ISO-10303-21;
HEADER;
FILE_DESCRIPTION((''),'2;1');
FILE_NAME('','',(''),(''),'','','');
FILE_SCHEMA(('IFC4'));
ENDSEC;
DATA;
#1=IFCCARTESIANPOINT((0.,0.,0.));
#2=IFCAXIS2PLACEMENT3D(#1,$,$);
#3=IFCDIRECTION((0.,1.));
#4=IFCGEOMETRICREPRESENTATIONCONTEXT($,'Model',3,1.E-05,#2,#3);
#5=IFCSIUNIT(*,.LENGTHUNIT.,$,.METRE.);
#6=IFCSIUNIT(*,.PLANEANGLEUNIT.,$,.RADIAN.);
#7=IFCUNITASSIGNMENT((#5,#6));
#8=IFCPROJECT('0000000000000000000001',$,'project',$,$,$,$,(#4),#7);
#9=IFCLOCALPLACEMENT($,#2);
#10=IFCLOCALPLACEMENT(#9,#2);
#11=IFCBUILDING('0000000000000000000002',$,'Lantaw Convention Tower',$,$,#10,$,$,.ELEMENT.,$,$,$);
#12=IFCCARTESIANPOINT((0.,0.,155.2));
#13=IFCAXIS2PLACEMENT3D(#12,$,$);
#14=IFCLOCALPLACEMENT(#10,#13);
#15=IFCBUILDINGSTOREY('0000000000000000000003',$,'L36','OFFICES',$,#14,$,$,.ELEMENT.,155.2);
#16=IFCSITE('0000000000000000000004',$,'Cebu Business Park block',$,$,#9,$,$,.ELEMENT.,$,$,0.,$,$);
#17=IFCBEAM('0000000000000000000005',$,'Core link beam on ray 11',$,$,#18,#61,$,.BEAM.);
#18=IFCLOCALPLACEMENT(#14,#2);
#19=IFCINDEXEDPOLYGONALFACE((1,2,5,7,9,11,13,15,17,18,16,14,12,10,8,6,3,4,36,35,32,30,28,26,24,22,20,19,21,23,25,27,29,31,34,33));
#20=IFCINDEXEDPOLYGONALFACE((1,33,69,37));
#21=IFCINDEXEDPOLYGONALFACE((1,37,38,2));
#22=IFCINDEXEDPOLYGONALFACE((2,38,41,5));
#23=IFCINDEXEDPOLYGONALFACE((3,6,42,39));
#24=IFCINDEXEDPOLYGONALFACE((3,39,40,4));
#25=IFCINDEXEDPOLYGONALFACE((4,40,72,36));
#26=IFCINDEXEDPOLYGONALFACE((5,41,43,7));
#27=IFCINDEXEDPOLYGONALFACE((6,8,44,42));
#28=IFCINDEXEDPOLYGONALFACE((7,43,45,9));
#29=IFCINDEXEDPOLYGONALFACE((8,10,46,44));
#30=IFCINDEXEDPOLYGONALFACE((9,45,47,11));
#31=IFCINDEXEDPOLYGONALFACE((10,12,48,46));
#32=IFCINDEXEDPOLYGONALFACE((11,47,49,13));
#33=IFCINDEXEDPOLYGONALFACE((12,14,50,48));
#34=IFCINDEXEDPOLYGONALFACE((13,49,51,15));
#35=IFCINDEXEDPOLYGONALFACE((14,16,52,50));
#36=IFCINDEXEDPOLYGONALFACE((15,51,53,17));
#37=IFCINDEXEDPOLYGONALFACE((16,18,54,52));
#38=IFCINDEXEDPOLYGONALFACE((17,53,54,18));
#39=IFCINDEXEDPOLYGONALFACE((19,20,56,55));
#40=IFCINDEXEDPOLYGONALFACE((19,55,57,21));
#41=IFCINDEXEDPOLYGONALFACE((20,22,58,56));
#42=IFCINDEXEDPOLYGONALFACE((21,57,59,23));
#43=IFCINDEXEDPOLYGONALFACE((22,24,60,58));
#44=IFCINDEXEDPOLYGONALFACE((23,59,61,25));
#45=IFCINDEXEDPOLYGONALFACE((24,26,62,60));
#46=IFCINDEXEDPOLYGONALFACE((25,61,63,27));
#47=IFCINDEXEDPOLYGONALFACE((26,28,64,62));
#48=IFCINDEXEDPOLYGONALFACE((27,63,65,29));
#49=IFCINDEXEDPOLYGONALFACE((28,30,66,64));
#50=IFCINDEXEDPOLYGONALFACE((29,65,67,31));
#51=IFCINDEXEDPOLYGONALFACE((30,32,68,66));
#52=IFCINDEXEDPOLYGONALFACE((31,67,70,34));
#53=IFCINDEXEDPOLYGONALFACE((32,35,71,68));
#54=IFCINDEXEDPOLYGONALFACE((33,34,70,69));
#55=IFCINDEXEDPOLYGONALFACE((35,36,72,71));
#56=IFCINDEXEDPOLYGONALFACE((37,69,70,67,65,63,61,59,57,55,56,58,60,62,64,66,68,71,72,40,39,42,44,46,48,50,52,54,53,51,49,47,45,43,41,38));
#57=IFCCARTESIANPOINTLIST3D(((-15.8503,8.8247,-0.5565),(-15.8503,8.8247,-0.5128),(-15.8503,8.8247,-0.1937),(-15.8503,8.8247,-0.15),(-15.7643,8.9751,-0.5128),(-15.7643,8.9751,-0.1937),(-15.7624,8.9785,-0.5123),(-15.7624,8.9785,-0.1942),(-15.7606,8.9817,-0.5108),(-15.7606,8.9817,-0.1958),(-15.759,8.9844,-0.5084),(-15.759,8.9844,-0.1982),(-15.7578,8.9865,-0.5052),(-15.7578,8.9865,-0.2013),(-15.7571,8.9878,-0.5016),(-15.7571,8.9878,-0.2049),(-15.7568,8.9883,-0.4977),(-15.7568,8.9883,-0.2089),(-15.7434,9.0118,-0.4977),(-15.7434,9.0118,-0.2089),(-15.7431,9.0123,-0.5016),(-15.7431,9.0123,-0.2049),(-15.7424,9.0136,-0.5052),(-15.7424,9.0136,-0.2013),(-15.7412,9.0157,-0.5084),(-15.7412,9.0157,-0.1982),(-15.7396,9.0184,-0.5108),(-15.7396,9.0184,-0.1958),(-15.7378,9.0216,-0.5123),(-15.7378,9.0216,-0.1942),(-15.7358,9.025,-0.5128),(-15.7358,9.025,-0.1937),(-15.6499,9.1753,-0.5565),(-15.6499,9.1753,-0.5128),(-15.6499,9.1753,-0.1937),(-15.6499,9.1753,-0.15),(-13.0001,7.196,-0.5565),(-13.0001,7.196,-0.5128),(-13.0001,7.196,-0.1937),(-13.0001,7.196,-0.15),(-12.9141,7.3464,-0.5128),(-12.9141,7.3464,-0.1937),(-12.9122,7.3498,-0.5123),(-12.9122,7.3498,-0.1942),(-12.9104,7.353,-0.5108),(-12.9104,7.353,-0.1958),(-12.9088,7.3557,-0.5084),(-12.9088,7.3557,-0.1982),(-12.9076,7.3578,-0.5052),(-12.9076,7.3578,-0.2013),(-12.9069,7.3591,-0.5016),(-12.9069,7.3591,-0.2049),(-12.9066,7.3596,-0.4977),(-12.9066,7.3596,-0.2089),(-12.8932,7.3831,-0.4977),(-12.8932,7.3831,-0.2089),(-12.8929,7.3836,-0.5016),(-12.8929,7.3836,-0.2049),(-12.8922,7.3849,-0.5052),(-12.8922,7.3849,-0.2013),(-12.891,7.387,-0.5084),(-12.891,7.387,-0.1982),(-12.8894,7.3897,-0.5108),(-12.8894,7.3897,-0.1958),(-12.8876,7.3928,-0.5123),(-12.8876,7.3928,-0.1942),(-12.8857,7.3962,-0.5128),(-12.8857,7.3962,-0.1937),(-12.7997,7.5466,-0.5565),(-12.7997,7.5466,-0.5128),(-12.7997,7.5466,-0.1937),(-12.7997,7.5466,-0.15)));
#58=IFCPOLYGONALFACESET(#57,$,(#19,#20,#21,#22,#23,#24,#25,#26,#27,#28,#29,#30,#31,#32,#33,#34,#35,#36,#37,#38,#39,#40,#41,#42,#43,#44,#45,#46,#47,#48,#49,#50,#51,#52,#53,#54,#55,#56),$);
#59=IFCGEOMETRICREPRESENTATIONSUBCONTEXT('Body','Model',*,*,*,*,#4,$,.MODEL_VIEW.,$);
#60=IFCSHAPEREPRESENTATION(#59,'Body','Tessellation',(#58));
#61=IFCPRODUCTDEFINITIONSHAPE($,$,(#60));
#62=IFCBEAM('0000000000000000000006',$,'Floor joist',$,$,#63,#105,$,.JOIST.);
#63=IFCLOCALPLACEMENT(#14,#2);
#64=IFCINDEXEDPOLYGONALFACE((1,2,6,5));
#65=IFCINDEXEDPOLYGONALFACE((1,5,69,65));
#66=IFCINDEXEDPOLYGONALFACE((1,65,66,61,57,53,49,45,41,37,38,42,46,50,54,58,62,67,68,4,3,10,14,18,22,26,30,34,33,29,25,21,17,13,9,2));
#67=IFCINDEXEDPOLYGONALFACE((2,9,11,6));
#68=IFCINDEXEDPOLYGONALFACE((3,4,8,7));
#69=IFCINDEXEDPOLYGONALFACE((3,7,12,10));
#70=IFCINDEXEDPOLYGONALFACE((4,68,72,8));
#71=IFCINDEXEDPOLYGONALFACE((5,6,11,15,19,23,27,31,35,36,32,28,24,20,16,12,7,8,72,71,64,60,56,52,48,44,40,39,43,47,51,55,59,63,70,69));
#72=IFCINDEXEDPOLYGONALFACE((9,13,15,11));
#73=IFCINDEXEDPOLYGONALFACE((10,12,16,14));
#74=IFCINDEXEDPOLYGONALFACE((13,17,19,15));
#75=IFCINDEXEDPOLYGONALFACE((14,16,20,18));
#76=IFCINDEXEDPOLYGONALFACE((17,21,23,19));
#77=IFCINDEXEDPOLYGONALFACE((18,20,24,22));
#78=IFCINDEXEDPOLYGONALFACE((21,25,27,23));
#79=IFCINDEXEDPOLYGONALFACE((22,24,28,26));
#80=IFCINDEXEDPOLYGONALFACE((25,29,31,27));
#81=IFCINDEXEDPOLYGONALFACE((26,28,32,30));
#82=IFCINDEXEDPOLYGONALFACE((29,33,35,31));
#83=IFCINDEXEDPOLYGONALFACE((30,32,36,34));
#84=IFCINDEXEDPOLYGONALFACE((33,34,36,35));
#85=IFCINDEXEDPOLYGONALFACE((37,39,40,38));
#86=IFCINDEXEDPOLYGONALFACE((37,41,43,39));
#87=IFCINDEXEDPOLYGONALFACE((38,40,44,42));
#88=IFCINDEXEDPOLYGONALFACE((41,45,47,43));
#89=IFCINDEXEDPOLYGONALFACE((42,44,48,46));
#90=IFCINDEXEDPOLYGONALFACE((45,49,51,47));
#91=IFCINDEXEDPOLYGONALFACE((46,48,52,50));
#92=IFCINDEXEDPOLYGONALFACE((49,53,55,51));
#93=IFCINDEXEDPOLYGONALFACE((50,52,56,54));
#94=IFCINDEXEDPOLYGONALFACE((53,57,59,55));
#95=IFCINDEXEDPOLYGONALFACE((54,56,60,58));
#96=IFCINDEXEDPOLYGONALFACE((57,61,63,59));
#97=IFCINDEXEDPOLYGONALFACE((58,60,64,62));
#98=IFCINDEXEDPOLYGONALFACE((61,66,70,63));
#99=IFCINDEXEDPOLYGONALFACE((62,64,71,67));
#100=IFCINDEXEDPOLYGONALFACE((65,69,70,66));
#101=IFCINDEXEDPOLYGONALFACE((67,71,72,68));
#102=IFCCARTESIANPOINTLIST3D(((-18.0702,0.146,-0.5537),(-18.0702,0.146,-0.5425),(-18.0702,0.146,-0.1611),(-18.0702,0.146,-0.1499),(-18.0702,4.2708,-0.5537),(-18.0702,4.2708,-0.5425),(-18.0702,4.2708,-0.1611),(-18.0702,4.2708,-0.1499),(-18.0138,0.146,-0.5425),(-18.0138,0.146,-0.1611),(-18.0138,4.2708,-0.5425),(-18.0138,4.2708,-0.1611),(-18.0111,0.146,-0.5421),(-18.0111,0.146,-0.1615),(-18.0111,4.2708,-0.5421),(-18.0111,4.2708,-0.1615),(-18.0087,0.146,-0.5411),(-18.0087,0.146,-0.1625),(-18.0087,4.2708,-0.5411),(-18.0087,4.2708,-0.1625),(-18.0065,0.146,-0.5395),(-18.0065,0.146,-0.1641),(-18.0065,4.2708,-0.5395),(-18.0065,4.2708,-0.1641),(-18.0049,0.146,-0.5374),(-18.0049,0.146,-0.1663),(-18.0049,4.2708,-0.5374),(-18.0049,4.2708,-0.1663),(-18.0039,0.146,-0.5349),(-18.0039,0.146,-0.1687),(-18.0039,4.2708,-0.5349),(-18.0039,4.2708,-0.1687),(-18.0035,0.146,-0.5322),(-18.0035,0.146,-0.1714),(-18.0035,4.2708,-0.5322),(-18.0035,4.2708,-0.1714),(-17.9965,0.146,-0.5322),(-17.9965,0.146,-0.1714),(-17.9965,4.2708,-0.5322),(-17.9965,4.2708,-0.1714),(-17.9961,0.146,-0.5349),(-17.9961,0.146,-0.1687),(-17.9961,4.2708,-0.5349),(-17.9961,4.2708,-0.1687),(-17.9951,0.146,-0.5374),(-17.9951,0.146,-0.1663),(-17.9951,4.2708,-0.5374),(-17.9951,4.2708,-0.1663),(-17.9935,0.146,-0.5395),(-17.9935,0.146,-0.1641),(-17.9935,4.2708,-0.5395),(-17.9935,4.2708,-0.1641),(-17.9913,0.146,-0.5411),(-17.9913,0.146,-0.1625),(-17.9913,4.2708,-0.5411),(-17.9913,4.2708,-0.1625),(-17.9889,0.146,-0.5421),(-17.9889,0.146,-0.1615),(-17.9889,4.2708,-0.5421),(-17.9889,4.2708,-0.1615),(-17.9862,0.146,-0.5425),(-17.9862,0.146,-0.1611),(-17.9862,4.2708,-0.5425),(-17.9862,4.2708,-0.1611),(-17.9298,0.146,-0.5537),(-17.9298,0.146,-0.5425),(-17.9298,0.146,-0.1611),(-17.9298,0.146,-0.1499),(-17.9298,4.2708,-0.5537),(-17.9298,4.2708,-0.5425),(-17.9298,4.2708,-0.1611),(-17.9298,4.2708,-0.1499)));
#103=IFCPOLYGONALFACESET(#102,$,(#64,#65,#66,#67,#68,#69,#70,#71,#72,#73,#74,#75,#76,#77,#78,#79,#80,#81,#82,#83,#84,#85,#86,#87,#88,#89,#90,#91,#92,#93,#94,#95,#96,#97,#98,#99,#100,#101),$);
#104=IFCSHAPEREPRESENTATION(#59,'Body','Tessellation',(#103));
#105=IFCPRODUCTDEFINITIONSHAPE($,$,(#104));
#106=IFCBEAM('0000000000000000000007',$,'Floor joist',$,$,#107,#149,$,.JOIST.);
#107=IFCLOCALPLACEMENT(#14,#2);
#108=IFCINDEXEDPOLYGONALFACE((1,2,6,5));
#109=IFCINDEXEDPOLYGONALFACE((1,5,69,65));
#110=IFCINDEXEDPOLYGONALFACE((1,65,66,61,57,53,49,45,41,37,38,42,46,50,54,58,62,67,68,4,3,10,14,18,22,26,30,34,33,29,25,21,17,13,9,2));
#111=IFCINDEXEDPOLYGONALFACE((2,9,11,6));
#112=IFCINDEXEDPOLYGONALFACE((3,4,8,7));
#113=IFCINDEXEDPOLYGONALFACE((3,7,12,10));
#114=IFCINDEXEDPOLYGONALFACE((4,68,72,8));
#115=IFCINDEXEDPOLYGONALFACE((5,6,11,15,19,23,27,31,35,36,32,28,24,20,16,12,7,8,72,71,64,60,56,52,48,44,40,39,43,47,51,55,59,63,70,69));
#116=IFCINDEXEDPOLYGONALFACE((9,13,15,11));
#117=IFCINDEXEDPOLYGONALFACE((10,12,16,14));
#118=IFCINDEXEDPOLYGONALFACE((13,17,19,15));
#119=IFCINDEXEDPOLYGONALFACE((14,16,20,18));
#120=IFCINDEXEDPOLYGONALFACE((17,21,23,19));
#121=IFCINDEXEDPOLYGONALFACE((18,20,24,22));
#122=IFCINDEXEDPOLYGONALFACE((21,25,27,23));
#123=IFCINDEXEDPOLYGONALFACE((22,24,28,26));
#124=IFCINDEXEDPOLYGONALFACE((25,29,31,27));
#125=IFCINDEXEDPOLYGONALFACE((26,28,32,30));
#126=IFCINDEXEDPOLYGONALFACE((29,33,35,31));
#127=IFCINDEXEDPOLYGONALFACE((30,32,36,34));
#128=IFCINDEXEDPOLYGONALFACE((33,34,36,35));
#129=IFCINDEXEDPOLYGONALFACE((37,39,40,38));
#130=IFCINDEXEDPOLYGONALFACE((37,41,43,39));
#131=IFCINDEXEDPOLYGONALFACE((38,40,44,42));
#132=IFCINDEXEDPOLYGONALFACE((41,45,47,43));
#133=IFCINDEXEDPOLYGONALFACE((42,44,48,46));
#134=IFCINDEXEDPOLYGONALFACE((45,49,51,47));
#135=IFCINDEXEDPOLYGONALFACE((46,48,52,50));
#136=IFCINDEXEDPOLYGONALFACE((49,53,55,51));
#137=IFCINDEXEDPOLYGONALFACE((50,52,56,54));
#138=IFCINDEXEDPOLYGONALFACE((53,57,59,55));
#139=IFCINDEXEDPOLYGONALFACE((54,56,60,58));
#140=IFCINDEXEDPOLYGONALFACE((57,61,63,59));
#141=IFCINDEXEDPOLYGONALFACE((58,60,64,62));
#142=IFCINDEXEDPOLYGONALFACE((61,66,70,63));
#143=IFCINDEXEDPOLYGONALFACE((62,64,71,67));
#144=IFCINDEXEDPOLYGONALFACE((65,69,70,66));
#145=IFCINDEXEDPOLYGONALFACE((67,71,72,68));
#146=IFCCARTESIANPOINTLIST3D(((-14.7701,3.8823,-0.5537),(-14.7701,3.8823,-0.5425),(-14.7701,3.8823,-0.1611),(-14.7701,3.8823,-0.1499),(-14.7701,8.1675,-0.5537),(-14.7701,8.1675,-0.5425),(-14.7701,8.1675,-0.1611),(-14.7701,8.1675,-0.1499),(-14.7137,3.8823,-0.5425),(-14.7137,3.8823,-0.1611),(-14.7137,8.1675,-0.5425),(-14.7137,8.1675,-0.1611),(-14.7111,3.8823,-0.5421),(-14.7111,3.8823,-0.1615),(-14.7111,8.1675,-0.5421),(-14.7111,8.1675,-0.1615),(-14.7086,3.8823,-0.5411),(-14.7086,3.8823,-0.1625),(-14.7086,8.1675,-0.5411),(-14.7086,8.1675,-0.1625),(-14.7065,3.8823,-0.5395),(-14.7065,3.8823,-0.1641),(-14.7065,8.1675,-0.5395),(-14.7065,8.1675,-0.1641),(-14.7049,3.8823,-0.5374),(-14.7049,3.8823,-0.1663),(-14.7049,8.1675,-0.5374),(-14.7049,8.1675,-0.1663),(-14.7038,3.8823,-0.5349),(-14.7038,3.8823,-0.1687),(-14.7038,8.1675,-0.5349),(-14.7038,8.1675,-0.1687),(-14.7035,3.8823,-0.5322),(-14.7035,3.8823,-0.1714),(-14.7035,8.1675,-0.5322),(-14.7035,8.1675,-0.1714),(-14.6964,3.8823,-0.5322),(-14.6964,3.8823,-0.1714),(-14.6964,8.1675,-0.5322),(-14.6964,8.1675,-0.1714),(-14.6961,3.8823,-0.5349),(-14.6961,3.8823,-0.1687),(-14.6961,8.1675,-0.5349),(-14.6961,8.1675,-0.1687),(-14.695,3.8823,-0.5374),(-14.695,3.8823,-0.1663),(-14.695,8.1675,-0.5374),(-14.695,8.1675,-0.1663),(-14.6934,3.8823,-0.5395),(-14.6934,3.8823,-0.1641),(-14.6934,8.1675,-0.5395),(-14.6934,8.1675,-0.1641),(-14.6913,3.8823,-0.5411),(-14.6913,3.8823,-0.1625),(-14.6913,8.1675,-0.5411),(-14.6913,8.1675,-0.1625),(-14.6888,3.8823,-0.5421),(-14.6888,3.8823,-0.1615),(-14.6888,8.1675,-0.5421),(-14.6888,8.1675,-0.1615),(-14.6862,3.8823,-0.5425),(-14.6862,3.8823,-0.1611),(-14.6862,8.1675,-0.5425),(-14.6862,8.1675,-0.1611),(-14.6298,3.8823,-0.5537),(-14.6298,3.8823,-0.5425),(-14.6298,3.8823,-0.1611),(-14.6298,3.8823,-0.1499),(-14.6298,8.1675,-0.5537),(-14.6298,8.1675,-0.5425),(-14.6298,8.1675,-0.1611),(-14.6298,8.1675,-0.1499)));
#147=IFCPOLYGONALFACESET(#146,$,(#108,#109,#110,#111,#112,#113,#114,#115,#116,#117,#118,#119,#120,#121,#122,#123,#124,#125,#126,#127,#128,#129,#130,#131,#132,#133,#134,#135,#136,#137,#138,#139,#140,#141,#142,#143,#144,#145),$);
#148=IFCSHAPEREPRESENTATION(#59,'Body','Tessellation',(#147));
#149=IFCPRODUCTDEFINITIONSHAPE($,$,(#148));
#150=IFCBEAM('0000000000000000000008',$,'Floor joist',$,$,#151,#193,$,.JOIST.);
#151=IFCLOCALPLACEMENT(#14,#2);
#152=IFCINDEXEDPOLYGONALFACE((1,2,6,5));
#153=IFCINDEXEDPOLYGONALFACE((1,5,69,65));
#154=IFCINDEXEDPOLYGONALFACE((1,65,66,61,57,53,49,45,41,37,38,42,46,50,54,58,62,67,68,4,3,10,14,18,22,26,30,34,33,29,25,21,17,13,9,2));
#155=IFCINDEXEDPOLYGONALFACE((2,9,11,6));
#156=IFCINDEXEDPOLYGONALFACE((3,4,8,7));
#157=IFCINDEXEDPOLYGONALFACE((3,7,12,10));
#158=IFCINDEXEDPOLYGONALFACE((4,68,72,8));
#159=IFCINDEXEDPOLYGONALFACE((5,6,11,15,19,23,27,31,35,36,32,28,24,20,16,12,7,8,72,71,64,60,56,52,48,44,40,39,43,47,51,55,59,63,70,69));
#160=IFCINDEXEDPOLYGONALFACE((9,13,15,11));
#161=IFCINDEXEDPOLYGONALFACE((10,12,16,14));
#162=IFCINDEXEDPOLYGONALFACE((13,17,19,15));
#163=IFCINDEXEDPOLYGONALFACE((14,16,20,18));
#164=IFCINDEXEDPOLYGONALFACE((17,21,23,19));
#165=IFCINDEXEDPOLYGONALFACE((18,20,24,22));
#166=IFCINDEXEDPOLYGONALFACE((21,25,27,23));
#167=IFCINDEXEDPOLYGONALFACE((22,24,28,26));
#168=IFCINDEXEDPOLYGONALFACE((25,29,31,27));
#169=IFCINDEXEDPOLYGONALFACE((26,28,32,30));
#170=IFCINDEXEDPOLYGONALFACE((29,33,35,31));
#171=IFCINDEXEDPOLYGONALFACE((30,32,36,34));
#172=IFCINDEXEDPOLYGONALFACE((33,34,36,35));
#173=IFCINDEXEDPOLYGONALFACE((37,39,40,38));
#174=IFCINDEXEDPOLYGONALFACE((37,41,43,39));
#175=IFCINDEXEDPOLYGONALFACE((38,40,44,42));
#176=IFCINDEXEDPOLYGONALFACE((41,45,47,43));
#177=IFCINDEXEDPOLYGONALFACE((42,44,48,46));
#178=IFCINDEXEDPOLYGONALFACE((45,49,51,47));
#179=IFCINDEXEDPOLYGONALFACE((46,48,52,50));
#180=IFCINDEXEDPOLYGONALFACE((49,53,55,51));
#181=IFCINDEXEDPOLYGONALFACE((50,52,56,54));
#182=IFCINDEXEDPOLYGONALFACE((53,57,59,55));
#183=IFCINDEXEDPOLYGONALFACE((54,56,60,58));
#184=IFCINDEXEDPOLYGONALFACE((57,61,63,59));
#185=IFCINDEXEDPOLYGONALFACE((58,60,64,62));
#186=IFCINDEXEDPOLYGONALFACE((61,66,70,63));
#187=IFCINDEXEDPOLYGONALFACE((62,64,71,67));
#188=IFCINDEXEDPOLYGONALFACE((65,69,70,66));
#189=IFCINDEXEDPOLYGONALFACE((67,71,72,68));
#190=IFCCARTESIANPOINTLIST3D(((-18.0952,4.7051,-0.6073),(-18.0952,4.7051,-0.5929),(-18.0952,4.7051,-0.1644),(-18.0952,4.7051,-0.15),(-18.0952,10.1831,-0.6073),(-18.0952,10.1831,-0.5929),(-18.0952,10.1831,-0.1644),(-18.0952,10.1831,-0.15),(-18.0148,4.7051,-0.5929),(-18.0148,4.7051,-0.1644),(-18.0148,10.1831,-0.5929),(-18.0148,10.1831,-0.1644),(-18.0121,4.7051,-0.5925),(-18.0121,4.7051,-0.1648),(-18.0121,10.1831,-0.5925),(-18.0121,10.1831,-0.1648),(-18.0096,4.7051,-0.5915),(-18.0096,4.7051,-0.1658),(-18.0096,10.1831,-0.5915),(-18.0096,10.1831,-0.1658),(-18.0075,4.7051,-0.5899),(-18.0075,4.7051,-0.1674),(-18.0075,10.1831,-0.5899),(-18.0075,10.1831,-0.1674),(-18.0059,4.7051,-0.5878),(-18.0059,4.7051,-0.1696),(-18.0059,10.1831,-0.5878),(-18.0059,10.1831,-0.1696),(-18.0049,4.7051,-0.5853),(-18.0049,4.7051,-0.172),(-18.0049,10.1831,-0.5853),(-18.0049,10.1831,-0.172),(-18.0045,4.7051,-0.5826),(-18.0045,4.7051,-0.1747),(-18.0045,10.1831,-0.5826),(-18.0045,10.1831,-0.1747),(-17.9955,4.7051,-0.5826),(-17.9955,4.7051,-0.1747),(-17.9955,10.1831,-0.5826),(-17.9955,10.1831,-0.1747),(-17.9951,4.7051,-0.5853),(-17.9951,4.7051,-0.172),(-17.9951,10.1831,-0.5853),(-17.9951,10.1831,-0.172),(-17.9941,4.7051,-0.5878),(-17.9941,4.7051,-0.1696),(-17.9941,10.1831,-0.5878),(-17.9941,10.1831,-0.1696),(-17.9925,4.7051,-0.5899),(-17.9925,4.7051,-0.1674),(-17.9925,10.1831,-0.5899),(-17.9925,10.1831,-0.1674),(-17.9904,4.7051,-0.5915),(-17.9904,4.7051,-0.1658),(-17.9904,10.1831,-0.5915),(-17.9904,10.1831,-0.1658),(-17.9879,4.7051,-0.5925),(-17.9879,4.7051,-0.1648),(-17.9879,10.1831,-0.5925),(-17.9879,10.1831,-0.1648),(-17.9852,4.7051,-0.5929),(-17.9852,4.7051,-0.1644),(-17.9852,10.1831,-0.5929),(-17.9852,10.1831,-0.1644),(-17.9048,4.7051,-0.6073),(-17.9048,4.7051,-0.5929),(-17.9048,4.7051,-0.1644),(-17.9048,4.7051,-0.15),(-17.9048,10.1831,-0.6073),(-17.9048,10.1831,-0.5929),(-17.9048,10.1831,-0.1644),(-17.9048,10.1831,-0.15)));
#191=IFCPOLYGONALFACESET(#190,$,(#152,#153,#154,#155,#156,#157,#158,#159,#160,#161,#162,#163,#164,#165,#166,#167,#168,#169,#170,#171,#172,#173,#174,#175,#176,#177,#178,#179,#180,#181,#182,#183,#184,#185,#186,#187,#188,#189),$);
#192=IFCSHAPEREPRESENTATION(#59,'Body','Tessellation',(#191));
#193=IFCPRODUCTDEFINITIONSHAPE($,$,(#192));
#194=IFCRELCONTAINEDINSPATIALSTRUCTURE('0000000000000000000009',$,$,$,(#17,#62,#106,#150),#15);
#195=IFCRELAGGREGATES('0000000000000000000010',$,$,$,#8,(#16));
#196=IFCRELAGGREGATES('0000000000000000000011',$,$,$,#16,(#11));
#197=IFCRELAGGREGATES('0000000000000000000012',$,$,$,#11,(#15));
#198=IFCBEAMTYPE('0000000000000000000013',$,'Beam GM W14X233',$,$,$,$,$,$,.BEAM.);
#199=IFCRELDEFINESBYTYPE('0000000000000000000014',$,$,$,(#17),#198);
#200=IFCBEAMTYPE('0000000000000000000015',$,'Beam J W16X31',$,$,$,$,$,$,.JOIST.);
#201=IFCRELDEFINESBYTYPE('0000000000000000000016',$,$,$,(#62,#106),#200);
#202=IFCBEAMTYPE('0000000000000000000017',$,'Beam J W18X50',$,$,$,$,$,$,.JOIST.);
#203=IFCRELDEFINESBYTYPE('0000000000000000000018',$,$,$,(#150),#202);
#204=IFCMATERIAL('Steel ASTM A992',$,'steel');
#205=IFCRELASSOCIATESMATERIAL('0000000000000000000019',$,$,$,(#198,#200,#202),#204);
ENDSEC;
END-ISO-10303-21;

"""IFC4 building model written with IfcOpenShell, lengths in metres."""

from ifc_helpers import new_model, si_unit, direction, frame, origin, origin_2d, place, context, subcontext, project, spatial, i_section, extrude, material, material_profile, profile_set, type_object, element, save


model = new_model("IFC4")

# Units and contexts
model_context = context("Model", 3, precision=1e-05, world=origin(), true_north=direction((0.0, 1.0)))
body_context = subcontext(model_context, "Body", "Model", "MODEL_VIEW")
ifc_project = project(units=[si_unit("LENGTHUNIT", "METRE"), si_unit("PLANEANGLEUNIT", "RADIAN")], contexts=[model_context])

# Site, building, storey
site_placement = place(None, origin())
site = spatial("IfcSite", under=ifc_project, at=site_placement, Name="Cebu Business Park block", CompositionType="ELEMENT", RefElevation=0.0)
building_placement = place(site_placement, origin())
building = spatial("IfcBuilding", under=site, at=building_placement, Name="Lantaw Convention Tower", CompositionType="ELEMENT")
storey_placement = place(building_placement, frame((0.0, 0.0, 155.2)))
storey = spatial("IfcBuildingStorey", under=building, at=storey_placement, Name="L36", Description="OFFICES", CompositionType="ELEMENT", Elevation=155.2)

# Beams
ifc_material_1 = material(Name="Steel ASTM A992", Category="steel")
ifc_material_profile_1 = material_profile(ifc_material_1, i_section(OverallWidth=0.4038, OverallDepth=0.4065, WebThickness=0.0271, FlangeThickness=0.0437, FilletRadius=0.0151, at=origin_2d()), Name="W14X233")
ifc_profile_set_1 = profile_set([ifc_material_profile_1], Name="Steel ASTM A992")
beam_type_1 = type_object("IfcBeamType", Name="Beam GM W14X233", PredefinedType="BEAM", material=ifc_profile_set_1)
beam_1_placement = place(storey_placement, frame((-12.8999, 7.3713, -0.3533), z_axis=(-0.868239, 0.496147, 0.0), x_axis=(-0.496147, -0.868239, 0.0)))
element("IfcBeam", 1, at=beam_1_placement, inside=storey, type_object=beam_type_1, Name="Core link beam on ray 11", PredefinedType="BEAM", context=body_context, shape_type="SweptSolid", body=[
    extrude(i_section(OverallWidth=0.4038, OverallDepth=0.4065, WebThickness=0.0271, FlangeThickness=0.0437, FilletRadius=0.0151, at=origin_2d()), origin(), (0.0, 0.0, 1.0), 3.2827),
])
ifc_material_profile_2 = material_profile(ifc_material_1, i_section(OverallWidth=0.1404, OverallDepth=0.4038, WebThickness=0.0071, FlangeThickness=0.0112, FilletRadius=0.0103, at=origin_2d()), Name="W16X31")
ifc_profile_set_2 = profile_set([ifc_material_profile_2], Name="Steel ASTM A992")
beam_type_2 = type_object("IfcBeamType", Name="Beam J W16X31", PredefinedType="JOIST", material=ifc_profile_set_2)
beam_2_placement = place(storey_placement, frame((-18.0, 0.146, -0.3518), z_axis=(0.0, 1.0, 0.0), x_axis=(-1.0, 0.0, 0.0)))
element("IfcBeam", 2, at=beam_2_placement, inside=storey, type_object=beam_type_2, Name="Floor joist", PredefinedType="JOIST", context=body_context, shape_type="SweptSolid", body=[
    extrude(i_section(OverallWidth=0.1404, OverallDepth=0.4038, WebThickness=0.0071, FlangeThickness=0.0112, FilletRadius=0.0103, at=origin_2d()), origin(), (0.0, 0.0, 1.0), 4.1248),
])
beam_3_placement = place(storey_placement, frame((-14.7, 3.8823, -0.3518), z_axis=(0.0, 1.0, 0.0), x_axis=(-1.0, 0.0, 0.0)))
element("IfcBeam", 3, at=beam_3_placement, inside=storey, type_object=beam_type_2, Name="Floor joist", PredefinedType="JOIST", context=body_context, shape_type="SweptSolid", body=[
    extrude(i_section(OverallWidth=0.1404, OverallDepth=0.4038, WebThickness=0.0071, FlangeThickness=0.0112, FilletRadius=0.0103, at=origin_2d()), origin(), (0.0, 0.0, 1.0), 4.2852),
])
ifc_material_profile_3 = material_profile(ifc_material_1, i_section(OverallWidth=0.1904, OverallDepth=0.4573, WebThickness=0.009, FlangeThickness=0.0144, FilletRadius=0.0103, at=origin_2d()), Name="W18X50")
ifc_profile_set_3 = profile_set([ifc_material_profile_3], Name="Steel ASTM A992")
beam_type_3 = type_object("IfcBeamType", Name="Beam J W18X50", PredefinedType="JOIST", material=ifc_profile_set_3)
beam_4_placement = place(storey_placement, frame((-18.0, 4.7051, -0.3787), z_axis=(0.0, 1.0, 0.0), x_axis=(-1.0, 0.0, 0.0)))
element("IfcBeam", 4, at=beam_4_placement, inside=storey, type_object=beam_type_3, Name="Floor joist", PredefinedType="JOIST", context=body_context, shape_type="SweptSolid", body=[
    extrude(i_section(OverallWidth=0.1904, OverallDepth=0.4573, WebThickness=0.009, FlangeThickness=0.0144, FilletRadius=0.0103, at=origin_2d()), origin(), (0.0, 0.0, 1.0), 5.478),
])

save(model, "model.ifc")
